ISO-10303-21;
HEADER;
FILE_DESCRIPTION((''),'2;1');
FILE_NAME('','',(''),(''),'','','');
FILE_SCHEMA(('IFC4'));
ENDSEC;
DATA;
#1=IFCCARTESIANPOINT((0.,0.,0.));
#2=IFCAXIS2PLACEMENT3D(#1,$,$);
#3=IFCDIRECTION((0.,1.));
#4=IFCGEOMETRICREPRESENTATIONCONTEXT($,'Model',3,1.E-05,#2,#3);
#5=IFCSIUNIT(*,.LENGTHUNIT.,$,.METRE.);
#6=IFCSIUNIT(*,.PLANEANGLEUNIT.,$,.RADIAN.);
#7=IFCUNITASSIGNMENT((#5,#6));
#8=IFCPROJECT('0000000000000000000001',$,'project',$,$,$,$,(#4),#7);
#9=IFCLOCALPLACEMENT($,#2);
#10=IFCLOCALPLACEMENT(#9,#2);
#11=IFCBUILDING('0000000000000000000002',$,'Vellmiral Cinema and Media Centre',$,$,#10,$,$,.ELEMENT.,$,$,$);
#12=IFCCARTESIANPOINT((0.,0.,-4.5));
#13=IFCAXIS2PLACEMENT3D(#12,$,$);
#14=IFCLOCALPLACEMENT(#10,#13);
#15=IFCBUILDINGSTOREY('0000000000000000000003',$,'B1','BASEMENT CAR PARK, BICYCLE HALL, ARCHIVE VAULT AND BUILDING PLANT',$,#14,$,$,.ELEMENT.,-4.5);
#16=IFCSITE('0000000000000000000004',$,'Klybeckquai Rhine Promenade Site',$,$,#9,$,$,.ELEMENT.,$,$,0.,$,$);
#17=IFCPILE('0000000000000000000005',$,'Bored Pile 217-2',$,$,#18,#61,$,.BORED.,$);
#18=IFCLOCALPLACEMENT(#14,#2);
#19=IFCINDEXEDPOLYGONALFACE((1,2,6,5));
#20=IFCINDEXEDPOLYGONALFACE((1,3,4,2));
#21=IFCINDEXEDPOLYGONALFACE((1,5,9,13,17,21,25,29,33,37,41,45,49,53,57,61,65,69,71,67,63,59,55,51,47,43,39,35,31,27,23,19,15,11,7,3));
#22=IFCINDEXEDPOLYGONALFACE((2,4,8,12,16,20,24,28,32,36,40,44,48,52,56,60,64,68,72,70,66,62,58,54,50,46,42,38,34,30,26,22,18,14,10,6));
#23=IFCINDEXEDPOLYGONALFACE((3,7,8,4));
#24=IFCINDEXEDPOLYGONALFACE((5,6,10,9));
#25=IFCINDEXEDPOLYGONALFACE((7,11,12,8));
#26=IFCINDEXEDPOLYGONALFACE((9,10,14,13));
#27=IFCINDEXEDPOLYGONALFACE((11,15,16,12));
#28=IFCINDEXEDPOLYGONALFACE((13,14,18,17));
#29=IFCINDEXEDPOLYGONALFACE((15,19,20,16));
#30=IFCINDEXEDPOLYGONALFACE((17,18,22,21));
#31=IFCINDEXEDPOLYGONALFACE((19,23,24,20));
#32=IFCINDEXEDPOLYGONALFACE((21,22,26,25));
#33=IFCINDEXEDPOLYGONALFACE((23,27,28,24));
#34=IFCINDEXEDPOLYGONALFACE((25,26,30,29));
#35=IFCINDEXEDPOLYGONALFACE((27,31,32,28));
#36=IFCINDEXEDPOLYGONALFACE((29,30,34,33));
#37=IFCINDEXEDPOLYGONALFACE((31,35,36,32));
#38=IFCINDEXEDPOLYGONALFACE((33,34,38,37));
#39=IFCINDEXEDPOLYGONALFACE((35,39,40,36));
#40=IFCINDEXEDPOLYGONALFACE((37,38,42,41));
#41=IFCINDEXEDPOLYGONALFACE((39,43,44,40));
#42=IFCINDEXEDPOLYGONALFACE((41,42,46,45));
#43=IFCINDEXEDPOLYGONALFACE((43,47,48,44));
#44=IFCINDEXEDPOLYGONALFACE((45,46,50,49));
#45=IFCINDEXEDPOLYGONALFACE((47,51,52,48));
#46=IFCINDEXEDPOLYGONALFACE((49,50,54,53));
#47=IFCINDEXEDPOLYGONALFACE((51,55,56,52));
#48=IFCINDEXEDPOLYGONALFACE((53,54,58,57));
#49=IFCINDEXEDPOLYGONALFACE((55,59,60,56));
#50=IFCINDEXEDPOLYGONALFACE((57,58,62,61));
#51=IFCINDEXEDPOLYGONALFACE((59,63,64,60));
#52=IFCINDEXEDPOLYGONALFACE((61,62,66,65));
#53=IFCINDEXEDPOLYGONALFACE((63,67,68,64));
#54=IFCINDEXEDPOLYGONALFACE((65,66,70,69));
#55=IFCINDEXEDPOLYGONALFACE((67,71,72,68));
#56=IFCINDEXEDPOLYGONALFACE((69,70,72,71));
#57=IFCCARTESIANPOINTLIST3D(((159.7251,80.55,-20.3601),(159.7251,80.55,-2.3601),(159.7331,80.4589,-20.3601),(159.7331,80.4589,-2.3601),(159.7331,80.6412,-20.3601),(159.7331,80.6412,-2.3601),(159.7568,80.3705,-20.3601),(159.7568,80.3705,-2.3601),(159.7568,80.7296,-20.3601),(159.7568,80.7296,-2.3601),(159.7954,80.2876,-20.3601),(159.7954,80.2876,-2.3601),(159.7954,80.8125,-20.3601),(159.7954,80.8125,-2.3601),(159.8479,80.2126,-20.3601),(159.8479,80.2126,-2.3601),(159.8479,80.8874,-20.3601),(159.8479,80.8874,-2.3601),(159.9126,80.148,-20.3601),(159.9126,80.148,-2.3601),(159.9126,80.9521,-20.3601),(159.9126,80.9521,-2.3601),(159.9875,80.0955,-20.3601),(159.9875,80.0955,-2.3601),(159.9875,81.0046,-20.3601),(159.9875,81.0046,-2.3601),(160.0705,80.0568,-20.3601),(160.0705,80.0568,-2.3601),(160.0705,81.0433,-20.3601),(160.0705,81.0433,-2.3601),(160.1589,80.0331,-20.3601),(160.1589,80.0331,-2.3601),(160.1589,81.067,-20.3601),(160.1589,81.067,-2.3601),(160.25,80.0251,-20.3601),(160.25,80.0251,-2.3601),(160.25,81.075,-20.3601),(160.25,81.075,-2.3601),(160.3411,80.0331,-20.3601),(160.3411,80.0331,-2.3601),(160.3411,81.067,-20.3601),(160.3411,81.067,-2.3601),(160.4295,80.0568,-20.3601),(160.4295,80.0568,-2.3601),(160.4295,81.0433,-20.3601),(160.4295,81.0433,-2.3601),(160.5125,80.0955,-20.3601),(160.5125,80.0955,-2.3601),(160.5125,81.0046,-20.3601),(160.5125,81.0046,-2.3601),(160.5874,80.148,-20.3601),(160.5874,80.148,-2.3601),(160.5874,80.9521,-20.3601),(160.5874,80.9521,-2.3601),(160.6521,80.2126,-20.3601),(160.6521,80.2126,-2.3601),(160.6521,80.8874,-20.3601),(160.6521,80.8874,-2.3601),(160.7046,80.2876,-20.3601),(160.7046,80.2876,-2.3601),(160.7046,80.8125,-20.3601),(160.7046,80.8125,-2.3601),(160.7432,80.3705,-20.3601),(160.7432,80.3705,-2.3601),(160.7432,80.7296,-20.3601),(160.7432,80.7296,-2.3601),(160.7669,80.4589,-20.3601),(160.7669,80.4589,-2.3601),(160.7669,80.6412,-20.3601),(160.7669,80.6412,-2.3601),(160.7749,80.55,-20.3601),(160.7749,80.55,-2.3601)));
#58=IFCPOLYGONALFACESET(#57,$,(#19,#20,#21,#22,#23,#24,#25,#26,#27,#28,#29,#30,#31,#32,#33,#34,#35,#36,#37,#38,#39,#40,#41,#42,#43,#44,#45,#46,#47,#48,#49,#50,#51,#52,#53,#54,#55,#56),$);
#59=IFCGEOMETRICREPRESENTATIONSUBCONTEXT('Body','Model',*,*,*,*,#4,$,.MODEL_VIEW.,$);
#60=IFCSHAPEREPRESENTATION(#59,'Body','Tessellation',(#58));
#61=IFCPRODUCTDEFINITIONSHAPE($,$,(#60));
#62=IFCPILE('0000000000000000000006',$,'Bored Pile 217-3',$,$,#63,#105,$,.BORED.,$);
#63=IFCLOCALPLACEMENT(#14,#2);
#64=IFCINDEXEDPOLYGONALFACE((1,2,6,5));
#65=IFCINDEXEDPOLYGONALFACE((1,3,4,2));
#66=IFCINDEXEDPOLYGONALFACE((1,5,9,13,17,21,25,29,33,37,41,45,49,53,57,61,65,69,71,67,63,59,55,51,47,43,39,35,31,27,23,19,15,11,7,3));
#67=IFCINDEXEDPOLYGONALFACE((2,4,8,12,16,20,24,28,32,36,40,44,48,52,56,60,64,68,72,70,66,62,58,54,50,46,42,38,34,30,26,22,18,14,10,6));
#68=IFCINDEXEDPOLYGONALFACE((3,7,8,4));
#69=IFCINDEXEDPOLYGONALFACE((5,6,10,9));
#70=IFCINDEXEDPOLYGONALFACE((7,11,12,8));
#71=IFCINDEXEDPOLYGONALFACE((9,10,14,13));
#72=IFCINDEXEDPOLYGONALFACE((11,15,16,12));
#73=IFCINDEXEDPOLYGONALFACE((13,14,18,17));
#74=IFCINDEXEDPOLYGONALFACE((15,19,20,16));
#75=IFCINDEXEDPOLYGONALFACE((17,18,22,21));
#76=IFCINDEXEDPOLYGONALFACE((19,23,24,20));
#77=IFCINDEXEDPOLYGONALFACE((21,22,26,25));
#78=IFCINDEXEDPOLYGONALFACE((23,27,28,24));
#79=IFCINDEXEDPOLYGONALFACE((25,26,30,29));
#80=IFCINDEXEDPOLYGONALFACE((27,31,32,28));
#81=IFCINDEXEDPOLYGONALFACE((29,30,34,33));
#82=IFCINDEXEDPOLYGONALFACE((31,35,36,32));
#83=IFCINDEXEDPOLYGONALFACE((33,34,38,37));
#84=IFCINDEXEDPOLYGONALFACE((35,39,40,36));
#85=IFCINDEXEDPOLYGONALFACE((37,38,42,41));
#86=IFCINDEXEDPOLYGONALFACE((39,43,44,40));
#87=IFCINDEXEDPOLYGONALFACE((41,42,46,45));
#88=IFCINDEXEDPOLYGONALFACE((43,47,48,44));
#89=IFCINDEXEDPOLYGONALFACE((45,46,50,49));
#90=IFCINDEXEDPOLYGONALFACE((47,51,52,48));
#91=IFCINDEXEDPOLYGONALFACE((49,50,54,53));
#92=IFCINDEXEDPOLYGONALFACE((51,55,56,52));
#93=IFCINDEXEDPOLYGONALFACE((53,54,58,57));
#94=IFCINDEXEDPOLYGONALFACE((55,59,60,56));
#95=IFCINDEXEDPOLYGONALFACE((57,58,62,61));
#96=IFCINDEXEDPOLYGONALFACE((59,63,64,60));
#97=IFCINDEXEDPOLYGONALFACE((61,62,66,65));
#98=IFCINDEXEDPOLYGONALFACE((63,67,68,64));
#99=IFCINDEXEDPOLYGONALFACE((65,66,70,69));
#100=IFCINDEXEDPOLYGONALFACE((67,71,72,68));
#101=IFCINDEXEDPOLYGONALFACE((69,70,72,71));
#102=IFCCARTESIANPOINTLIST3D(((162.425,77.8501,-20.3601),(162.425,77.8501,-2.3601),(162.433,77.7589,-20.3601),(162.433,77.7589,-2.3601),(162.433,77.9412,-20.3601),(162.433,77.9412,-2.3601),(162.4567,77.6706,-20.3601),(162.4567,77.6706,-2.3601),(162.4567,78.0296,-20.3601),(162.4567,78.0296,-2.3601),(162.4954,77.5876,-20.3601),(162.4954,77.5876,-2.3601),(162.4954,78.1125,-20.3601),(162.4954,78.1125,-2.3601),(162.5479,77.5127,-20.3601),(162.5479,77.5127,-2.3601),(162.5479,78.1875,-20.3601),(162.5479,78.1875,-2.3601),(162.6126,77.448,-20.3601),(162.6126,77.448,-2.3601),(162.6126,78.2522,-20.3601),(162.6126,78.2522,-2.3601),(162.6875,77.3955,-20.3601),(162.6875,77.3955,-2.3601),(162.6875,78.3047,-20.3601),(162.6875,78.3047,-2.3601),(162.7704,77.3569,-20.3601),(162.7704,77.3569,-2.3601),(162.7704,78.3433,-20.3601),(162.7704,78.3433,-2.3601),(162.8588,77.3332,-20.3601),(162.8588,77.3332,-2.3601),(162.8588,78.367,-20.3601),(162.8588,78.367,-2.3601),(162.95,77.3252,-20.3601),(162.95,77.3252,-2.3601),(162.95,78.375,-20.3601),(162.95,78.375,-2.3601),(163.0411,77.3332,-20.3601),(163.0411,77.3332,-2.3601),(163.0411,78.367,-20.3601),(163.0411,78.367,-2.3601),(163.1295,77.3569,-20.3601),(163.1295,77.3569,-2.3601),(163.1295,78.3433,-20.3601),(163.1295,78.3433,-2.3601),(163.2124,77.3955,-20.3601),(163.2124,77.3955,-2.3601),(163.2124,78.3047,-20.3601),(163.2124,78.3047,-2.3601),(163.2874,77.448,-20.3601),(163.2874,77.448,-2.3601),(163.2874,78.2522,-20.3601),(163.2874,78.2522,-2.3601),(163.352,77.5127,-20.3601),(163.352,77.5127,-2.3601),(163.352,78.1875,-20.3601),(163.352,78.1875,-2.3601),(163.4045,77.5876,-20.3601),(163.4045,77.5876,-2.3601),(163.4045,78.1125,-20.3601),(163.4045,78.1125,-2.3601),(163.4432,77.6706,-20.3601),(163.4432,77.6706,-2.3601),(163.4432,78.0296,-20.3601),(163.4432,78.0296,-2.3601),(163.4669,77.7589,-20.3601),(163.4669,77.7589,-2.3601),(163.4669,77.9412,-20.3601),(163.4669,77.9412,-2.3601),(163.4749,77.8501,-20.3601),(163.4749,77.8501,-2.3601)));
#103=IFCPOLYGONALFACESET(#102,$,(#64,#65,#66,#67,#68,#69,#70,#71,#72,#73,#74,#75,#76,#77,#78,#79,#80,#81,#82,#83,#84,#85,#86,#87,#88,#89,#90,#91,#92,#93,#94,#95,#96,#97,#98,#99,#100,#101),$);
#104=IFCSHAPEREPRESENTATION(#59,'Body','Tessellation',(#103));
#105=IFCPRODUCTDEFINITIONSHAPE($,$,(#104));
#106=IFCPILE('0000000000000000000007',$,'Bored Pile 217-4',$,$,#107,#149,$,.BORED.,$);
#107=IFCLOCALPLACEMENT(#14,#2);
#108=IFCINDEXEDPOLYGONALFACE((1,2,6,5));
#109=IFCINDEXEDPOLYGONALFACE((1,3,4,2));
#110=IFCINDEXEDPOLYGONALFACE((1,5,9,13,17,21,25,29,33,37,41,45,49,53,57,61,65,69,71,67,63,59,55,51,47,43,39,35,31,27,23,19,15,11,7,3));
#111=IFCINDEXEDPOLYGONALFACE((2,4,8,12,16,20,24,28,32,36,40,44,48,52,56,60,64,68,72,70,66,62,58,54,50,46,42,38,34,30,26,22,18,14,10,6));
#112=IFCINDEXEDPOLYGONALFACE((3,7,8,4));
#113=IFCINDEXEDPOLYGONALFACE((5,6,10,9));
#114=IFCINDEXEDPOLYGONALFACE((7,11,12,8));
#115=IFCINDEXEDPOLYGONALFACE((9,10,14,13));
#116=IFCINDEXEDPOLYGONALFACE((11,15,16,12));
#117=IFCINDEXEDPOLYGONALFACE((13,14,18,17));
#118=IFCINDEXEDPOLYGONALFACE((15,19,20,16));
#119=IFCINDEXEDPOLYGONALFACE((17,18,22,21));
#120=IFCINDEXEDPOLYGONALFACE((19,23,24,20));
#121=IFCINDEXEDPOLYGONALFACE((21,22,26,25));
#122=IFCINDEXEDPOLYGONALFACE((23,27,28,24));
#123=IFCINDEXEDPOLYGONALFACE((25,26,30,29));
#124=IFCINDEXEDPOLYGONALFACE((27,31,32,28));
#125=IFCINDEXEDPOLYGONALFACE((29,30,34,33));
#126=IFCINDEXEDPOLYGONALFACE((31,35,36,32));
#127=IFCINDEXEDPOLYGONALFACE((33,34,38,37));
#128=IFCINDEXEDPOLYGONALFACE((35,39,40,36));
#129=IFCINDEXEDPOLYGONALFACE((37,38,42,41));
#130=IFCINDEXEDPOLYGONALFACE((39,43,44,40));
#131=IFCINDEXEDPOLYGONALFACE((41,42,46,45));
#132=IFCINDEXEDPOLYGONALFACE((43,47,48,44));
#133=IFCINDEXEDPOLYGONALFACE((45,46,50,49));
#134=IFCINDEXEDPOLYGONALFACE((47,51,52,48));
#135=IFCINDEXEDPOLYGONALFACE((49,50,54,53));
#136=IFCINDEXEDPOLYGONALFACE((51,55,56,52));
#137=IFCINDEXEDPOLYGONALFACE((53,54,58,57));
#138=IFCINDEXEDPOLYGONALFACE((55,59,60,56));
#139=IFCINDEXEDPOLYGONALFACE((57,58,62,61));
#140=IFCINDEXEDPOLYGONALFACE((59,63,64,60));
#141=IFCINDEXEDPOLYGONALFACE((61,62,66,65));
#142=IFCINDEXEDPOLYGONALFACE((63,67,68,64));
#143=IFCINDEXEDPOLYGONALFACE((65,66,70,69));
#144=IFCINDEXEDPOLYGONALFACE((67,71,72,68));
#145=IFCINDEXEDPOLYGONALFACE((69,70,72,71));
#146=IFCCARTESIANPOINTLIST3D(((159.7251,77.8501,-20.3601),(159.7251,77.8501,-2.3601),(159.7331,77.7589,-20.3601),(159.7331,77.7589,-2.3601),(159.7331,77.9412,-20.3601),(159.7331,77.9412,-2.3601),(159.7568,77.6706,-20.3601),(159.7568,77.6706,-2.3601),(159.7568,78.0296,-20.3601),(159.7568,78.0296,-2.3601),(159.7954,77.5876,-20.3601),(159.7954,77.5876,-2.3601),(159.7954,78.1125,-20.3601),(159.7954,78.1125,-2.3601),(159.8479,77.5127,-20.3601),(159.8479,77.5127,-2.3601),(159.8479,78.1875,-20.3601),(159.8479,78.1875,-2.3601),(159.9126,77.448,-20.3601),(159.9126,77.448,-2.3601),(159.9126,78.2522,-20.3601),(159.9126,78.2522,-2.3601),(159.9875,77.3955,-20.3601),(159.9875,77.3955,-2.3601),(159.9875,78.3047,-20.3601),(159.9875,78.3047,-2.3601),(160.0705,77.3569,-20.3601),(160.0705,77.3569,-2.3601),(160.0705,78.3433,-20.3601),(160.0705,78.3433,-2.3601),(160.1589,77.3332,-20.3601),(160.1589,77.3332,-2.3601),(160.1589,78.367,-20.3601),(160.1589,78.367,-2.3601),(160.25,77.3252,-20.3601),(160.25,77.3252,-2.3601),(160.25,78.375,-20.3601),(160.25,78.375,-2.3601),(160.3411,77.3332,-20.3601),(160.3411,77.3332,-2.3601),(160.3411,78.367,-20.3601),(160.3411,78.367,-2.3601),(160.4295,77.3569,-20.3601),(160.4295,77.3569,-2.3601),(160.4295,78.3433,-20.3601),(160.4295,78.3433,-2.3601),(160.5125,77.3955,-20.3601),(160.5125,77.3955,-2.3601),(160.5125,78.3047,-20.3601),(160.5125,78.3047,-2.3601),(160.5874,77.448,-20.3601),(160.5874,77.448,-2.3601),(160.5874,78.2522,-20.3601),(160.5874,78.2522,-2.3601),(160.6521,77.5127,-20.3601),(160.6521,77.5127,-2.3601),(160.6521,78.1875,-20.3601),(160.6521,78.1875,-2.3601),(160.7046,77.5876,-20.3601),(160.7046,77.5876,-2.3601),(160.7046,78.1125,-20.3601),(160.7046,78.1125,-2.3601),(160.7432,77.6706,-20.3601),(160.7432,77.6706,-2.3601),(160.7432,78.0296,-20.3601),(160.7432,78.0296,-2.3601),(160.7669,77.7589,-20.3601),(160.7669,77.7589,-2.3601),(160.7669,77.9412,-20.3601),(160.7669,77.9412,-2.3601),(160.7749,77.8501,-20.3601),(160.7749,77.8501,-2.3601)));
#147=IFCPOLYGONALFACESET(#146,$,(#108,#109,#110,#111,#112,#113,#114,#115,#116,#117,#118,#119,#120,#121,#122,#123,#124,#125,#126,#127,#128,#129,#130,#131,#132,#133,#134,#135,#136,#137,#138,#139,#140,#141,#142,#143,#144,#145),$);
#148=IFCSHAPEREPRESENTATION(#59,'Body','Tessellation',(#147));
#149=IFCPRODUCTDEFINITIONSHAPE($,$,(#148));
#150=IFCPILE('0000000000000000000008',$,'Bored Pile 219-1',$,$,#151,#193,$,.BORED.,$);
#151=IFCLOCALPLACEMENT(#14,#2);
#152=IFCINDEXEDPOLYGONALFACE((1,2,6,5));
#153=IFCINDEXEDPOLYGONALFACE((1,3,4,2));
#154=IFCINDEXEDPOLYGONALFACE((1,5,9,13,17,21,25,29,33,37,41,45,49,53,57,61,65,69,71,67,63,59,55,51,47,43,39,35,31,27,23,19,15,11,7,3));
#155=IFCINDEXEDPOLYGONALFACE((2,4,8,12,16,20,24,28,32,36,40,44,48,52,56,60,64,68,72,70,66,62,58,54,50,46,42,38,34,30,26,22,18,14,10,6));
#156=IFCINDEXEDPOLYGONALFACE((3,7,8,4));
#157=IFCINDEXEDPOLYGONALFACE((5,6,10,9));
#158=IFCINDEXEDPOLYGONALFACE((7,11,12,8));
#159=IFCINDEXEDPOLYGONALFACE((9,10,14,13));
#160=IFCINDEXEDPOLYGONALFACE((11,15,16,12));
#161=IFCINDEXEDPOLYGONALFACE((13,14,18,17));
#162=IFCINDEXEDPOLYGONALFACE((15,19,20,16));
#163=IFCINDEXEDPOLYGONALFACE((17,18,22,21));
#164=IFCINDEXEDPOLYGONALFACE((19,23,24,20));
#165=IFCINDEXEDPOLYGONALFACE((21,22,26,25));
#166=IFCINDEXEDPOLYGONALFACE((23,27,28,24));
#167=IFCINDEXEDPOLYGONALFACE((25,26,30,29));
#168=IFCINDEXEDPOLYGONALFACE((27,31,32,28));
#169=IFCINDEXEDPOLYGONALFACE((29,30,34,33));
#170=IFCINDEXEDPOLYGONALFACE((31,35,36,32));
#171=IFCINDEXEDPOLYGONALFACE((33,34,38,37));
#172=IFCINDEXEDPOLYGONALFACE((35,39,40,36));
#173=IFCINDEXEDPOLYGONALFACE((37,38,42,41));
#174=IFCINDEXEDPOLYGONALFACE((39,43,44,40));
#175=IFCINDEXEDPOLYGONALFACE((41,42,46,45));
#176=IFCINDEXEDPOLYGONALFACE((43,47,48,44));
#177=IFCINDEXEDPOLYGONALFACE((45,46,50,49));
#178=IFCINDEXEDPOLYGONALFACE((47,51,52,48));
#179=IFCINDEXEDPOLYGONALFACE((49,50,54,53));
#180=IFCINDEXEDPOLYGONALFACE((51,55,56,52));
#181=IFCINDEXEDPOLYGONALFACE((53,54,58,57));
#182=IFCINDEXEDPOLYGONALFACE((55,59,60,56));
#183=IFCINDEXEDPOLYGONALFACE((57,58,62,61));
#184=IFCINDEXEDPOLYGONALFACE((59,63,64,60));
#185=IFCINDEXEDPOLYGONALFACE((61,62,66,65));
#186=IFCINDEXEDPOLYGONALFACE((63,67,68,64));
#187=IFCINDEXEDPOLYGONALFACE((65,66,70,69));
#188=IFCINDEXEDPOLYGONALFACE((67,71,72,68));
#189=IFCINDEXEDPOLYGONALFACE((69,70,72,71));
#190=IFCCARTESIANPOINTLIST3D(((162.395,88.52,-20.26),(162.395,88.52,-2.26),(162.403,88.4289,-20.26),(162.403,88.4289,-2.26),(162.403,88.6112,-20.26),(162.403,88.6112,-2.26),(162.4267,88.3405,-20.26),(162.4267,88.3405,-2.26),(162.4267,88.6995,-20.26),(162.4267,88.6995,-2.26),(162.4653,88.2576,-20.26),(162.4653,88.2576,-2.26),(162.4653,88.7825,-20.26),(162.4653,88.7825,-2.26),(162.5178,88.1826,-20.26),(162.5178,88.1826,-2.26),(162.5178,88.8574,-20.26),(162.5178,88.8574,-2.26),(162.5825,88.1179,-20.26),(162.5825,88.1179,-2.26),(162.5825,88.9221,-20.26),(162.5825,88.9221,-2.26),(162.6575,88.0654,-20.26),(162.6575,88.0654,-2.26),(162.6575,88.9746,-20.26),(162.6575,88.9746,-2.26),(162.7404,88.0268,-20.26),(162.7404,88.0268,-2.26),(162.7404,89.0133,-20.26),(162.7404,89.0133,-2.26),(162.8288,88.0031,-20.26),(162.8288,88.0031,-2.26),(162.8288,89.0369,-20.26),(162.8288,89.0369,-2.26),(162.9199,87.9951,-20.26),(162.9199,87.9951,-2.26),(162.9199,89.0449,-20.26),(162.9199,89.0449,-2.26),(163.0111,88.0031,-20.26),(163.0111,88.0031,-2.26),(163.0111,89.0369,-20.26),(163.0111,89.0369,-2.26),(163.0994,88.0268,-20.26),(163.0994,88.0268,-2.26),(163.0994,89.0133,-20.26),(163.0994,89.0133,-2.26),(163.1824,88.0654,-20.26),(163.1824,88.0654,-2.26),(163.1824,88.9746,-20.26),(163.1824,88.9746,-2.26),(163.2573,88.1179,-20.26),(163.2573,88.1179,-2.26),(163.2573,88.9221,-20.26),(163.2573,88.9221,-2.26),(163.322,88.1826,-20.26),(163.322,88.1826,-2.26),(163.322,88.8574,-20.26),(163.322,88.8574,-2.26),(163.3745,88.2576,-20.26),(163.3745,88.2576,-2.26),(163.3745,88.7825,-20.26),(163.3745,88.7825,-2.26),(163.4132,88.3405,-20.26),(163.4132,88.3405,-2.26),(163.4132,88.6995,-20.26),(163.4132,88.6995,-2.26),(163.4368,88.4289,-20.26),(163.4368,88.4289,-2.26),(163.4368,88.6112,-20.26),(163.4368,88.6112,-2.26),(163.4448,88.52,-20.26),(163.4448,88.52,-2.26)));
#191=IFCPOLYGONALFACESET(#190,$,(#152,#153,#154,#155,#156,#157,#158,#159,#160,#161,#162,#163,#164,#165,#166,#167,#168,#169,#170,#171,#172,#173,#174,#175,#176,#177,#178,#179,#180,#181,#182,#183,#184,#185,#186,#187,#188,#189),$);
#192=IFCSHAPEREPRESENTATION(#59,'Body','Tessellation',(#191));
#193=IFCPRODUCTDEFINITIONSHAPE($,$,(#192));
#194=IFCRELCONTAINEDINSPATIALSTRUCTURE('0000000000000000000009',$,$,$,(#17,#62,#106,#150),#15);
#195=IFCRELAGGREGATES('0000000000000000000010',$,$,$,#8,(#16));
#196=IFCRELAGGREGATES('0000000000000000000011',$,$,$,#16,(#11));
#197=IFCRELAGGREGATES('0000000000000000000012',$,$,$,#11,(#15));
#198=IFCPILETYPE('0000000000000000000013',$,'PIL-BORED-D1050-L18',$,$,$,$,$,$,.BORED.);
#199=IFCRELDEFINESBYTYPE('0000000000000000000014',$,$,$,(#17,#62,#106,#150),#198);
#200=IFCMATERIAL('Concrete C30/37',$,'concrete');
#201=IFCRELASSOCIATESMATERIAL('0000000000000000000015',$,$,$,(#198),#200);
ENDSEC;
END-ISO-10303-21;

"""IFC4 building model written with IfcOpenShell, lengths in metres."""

from ifc_helpers import new_model, si_unit, direction, frame, origin, origin_2d, place, context, subcontext, project, spatial, circle, extrude, material, material_profile, profile_set, type_object, element, save


model = new_model("IFC4")

# Units and contexts
model_context = context("Model", 3, precision=1e-05, world=origin(), true_north=direction((0.0, 1.0)))
body_context = subcontext(model_context, "Body", "Model", "MODEL_VIEW")
ifc_project = project(units=[si_unit("LENGTHUNIT", "METRE"), si_unit("PLANEANGLEUNIT", "RADIAN")], contexts=[model_context])

# Site, building, storey
site_placement = place(None, origin())
site = spatial("IfcSite", under=ifc_project, at=site_placement, Name="Klybeckquai Rhine Promenade Site", CompositionType="ELEMENT", RefElevation=0.0)
building_placement = place(site_placement, origin())
building = spatial("IfcBuilding", under=site, at=building_placement, Name="Vellmiral Cinema and Media Centre", CompositionType="ELEMENT")
storey_placement = place(building_placement, frame((0.0, 0.0, -4.5)))
storey = spatial("IfcBuildingStorey", under=building, at=storey_placement, Name="B1", Description="BASEMENT CAR PARK, BICYCLE HALL, ARCHIVE VAULT AND BUILDING PLANT", CompositionType="ELEMENT", Elevation=-4.5)

# Piles
ifc_material_1 = material(Name="Concrete C30/37", Category="concrete")
ifc_material_profile_1 = material_profile(ifc_material_1, circle(Radius=0.5249, at=origin_2d()), Name="PILE D1050")
ifc_profile_set_1 = profile_set([ifc_material_profile_1], Name="Concrete C30/37")
pile_type_1 = type_object("IfcPileType", Name="PIL-BORED-D1050-L18", PredefinedType="BORED", material=ifc_profile_set_1)
for number, where, z_axis, x_axis, name in (
    (1, (160.25, 80.55, -2.3601), (0.0, 0.0, -1.0), (1.0, 0.0, 0.0), "Bored Pile 217-2"),
    (2, (162.95, 77.8501, -2.3601), (0.0, 0.0, -1.0), (1.0, 0.0, 0.0), "Bored Pile 217-3"),
    (3, (160.25, 77.8501, -2.3601), (0.0, 0.0, -1.0), (1.0, 0.0, 0.0), "Bored Pile 217-4"),
    (4, (162.9199, 88.52, -2.26), (0.0, 0.0, -1.0), (1.0, 0.0, 0.0), "Bored Pile 219-1"),
):
    element("IfcPile", number, at=place(storey_placement, frame(where, z_axis=z_axis, x_axis=x_axis)), inside=storey, type_object=pile_type_1, Name=name, PredefinedType="BORED", context=body_context, shape_type="SweptSolid", body=[
        extrude(circle(Radius=0.5249, at=origin_2d()), origin(), (0.0, 0.0, 1.0), 18.0),
    ])

save(model, "model.ifc")
